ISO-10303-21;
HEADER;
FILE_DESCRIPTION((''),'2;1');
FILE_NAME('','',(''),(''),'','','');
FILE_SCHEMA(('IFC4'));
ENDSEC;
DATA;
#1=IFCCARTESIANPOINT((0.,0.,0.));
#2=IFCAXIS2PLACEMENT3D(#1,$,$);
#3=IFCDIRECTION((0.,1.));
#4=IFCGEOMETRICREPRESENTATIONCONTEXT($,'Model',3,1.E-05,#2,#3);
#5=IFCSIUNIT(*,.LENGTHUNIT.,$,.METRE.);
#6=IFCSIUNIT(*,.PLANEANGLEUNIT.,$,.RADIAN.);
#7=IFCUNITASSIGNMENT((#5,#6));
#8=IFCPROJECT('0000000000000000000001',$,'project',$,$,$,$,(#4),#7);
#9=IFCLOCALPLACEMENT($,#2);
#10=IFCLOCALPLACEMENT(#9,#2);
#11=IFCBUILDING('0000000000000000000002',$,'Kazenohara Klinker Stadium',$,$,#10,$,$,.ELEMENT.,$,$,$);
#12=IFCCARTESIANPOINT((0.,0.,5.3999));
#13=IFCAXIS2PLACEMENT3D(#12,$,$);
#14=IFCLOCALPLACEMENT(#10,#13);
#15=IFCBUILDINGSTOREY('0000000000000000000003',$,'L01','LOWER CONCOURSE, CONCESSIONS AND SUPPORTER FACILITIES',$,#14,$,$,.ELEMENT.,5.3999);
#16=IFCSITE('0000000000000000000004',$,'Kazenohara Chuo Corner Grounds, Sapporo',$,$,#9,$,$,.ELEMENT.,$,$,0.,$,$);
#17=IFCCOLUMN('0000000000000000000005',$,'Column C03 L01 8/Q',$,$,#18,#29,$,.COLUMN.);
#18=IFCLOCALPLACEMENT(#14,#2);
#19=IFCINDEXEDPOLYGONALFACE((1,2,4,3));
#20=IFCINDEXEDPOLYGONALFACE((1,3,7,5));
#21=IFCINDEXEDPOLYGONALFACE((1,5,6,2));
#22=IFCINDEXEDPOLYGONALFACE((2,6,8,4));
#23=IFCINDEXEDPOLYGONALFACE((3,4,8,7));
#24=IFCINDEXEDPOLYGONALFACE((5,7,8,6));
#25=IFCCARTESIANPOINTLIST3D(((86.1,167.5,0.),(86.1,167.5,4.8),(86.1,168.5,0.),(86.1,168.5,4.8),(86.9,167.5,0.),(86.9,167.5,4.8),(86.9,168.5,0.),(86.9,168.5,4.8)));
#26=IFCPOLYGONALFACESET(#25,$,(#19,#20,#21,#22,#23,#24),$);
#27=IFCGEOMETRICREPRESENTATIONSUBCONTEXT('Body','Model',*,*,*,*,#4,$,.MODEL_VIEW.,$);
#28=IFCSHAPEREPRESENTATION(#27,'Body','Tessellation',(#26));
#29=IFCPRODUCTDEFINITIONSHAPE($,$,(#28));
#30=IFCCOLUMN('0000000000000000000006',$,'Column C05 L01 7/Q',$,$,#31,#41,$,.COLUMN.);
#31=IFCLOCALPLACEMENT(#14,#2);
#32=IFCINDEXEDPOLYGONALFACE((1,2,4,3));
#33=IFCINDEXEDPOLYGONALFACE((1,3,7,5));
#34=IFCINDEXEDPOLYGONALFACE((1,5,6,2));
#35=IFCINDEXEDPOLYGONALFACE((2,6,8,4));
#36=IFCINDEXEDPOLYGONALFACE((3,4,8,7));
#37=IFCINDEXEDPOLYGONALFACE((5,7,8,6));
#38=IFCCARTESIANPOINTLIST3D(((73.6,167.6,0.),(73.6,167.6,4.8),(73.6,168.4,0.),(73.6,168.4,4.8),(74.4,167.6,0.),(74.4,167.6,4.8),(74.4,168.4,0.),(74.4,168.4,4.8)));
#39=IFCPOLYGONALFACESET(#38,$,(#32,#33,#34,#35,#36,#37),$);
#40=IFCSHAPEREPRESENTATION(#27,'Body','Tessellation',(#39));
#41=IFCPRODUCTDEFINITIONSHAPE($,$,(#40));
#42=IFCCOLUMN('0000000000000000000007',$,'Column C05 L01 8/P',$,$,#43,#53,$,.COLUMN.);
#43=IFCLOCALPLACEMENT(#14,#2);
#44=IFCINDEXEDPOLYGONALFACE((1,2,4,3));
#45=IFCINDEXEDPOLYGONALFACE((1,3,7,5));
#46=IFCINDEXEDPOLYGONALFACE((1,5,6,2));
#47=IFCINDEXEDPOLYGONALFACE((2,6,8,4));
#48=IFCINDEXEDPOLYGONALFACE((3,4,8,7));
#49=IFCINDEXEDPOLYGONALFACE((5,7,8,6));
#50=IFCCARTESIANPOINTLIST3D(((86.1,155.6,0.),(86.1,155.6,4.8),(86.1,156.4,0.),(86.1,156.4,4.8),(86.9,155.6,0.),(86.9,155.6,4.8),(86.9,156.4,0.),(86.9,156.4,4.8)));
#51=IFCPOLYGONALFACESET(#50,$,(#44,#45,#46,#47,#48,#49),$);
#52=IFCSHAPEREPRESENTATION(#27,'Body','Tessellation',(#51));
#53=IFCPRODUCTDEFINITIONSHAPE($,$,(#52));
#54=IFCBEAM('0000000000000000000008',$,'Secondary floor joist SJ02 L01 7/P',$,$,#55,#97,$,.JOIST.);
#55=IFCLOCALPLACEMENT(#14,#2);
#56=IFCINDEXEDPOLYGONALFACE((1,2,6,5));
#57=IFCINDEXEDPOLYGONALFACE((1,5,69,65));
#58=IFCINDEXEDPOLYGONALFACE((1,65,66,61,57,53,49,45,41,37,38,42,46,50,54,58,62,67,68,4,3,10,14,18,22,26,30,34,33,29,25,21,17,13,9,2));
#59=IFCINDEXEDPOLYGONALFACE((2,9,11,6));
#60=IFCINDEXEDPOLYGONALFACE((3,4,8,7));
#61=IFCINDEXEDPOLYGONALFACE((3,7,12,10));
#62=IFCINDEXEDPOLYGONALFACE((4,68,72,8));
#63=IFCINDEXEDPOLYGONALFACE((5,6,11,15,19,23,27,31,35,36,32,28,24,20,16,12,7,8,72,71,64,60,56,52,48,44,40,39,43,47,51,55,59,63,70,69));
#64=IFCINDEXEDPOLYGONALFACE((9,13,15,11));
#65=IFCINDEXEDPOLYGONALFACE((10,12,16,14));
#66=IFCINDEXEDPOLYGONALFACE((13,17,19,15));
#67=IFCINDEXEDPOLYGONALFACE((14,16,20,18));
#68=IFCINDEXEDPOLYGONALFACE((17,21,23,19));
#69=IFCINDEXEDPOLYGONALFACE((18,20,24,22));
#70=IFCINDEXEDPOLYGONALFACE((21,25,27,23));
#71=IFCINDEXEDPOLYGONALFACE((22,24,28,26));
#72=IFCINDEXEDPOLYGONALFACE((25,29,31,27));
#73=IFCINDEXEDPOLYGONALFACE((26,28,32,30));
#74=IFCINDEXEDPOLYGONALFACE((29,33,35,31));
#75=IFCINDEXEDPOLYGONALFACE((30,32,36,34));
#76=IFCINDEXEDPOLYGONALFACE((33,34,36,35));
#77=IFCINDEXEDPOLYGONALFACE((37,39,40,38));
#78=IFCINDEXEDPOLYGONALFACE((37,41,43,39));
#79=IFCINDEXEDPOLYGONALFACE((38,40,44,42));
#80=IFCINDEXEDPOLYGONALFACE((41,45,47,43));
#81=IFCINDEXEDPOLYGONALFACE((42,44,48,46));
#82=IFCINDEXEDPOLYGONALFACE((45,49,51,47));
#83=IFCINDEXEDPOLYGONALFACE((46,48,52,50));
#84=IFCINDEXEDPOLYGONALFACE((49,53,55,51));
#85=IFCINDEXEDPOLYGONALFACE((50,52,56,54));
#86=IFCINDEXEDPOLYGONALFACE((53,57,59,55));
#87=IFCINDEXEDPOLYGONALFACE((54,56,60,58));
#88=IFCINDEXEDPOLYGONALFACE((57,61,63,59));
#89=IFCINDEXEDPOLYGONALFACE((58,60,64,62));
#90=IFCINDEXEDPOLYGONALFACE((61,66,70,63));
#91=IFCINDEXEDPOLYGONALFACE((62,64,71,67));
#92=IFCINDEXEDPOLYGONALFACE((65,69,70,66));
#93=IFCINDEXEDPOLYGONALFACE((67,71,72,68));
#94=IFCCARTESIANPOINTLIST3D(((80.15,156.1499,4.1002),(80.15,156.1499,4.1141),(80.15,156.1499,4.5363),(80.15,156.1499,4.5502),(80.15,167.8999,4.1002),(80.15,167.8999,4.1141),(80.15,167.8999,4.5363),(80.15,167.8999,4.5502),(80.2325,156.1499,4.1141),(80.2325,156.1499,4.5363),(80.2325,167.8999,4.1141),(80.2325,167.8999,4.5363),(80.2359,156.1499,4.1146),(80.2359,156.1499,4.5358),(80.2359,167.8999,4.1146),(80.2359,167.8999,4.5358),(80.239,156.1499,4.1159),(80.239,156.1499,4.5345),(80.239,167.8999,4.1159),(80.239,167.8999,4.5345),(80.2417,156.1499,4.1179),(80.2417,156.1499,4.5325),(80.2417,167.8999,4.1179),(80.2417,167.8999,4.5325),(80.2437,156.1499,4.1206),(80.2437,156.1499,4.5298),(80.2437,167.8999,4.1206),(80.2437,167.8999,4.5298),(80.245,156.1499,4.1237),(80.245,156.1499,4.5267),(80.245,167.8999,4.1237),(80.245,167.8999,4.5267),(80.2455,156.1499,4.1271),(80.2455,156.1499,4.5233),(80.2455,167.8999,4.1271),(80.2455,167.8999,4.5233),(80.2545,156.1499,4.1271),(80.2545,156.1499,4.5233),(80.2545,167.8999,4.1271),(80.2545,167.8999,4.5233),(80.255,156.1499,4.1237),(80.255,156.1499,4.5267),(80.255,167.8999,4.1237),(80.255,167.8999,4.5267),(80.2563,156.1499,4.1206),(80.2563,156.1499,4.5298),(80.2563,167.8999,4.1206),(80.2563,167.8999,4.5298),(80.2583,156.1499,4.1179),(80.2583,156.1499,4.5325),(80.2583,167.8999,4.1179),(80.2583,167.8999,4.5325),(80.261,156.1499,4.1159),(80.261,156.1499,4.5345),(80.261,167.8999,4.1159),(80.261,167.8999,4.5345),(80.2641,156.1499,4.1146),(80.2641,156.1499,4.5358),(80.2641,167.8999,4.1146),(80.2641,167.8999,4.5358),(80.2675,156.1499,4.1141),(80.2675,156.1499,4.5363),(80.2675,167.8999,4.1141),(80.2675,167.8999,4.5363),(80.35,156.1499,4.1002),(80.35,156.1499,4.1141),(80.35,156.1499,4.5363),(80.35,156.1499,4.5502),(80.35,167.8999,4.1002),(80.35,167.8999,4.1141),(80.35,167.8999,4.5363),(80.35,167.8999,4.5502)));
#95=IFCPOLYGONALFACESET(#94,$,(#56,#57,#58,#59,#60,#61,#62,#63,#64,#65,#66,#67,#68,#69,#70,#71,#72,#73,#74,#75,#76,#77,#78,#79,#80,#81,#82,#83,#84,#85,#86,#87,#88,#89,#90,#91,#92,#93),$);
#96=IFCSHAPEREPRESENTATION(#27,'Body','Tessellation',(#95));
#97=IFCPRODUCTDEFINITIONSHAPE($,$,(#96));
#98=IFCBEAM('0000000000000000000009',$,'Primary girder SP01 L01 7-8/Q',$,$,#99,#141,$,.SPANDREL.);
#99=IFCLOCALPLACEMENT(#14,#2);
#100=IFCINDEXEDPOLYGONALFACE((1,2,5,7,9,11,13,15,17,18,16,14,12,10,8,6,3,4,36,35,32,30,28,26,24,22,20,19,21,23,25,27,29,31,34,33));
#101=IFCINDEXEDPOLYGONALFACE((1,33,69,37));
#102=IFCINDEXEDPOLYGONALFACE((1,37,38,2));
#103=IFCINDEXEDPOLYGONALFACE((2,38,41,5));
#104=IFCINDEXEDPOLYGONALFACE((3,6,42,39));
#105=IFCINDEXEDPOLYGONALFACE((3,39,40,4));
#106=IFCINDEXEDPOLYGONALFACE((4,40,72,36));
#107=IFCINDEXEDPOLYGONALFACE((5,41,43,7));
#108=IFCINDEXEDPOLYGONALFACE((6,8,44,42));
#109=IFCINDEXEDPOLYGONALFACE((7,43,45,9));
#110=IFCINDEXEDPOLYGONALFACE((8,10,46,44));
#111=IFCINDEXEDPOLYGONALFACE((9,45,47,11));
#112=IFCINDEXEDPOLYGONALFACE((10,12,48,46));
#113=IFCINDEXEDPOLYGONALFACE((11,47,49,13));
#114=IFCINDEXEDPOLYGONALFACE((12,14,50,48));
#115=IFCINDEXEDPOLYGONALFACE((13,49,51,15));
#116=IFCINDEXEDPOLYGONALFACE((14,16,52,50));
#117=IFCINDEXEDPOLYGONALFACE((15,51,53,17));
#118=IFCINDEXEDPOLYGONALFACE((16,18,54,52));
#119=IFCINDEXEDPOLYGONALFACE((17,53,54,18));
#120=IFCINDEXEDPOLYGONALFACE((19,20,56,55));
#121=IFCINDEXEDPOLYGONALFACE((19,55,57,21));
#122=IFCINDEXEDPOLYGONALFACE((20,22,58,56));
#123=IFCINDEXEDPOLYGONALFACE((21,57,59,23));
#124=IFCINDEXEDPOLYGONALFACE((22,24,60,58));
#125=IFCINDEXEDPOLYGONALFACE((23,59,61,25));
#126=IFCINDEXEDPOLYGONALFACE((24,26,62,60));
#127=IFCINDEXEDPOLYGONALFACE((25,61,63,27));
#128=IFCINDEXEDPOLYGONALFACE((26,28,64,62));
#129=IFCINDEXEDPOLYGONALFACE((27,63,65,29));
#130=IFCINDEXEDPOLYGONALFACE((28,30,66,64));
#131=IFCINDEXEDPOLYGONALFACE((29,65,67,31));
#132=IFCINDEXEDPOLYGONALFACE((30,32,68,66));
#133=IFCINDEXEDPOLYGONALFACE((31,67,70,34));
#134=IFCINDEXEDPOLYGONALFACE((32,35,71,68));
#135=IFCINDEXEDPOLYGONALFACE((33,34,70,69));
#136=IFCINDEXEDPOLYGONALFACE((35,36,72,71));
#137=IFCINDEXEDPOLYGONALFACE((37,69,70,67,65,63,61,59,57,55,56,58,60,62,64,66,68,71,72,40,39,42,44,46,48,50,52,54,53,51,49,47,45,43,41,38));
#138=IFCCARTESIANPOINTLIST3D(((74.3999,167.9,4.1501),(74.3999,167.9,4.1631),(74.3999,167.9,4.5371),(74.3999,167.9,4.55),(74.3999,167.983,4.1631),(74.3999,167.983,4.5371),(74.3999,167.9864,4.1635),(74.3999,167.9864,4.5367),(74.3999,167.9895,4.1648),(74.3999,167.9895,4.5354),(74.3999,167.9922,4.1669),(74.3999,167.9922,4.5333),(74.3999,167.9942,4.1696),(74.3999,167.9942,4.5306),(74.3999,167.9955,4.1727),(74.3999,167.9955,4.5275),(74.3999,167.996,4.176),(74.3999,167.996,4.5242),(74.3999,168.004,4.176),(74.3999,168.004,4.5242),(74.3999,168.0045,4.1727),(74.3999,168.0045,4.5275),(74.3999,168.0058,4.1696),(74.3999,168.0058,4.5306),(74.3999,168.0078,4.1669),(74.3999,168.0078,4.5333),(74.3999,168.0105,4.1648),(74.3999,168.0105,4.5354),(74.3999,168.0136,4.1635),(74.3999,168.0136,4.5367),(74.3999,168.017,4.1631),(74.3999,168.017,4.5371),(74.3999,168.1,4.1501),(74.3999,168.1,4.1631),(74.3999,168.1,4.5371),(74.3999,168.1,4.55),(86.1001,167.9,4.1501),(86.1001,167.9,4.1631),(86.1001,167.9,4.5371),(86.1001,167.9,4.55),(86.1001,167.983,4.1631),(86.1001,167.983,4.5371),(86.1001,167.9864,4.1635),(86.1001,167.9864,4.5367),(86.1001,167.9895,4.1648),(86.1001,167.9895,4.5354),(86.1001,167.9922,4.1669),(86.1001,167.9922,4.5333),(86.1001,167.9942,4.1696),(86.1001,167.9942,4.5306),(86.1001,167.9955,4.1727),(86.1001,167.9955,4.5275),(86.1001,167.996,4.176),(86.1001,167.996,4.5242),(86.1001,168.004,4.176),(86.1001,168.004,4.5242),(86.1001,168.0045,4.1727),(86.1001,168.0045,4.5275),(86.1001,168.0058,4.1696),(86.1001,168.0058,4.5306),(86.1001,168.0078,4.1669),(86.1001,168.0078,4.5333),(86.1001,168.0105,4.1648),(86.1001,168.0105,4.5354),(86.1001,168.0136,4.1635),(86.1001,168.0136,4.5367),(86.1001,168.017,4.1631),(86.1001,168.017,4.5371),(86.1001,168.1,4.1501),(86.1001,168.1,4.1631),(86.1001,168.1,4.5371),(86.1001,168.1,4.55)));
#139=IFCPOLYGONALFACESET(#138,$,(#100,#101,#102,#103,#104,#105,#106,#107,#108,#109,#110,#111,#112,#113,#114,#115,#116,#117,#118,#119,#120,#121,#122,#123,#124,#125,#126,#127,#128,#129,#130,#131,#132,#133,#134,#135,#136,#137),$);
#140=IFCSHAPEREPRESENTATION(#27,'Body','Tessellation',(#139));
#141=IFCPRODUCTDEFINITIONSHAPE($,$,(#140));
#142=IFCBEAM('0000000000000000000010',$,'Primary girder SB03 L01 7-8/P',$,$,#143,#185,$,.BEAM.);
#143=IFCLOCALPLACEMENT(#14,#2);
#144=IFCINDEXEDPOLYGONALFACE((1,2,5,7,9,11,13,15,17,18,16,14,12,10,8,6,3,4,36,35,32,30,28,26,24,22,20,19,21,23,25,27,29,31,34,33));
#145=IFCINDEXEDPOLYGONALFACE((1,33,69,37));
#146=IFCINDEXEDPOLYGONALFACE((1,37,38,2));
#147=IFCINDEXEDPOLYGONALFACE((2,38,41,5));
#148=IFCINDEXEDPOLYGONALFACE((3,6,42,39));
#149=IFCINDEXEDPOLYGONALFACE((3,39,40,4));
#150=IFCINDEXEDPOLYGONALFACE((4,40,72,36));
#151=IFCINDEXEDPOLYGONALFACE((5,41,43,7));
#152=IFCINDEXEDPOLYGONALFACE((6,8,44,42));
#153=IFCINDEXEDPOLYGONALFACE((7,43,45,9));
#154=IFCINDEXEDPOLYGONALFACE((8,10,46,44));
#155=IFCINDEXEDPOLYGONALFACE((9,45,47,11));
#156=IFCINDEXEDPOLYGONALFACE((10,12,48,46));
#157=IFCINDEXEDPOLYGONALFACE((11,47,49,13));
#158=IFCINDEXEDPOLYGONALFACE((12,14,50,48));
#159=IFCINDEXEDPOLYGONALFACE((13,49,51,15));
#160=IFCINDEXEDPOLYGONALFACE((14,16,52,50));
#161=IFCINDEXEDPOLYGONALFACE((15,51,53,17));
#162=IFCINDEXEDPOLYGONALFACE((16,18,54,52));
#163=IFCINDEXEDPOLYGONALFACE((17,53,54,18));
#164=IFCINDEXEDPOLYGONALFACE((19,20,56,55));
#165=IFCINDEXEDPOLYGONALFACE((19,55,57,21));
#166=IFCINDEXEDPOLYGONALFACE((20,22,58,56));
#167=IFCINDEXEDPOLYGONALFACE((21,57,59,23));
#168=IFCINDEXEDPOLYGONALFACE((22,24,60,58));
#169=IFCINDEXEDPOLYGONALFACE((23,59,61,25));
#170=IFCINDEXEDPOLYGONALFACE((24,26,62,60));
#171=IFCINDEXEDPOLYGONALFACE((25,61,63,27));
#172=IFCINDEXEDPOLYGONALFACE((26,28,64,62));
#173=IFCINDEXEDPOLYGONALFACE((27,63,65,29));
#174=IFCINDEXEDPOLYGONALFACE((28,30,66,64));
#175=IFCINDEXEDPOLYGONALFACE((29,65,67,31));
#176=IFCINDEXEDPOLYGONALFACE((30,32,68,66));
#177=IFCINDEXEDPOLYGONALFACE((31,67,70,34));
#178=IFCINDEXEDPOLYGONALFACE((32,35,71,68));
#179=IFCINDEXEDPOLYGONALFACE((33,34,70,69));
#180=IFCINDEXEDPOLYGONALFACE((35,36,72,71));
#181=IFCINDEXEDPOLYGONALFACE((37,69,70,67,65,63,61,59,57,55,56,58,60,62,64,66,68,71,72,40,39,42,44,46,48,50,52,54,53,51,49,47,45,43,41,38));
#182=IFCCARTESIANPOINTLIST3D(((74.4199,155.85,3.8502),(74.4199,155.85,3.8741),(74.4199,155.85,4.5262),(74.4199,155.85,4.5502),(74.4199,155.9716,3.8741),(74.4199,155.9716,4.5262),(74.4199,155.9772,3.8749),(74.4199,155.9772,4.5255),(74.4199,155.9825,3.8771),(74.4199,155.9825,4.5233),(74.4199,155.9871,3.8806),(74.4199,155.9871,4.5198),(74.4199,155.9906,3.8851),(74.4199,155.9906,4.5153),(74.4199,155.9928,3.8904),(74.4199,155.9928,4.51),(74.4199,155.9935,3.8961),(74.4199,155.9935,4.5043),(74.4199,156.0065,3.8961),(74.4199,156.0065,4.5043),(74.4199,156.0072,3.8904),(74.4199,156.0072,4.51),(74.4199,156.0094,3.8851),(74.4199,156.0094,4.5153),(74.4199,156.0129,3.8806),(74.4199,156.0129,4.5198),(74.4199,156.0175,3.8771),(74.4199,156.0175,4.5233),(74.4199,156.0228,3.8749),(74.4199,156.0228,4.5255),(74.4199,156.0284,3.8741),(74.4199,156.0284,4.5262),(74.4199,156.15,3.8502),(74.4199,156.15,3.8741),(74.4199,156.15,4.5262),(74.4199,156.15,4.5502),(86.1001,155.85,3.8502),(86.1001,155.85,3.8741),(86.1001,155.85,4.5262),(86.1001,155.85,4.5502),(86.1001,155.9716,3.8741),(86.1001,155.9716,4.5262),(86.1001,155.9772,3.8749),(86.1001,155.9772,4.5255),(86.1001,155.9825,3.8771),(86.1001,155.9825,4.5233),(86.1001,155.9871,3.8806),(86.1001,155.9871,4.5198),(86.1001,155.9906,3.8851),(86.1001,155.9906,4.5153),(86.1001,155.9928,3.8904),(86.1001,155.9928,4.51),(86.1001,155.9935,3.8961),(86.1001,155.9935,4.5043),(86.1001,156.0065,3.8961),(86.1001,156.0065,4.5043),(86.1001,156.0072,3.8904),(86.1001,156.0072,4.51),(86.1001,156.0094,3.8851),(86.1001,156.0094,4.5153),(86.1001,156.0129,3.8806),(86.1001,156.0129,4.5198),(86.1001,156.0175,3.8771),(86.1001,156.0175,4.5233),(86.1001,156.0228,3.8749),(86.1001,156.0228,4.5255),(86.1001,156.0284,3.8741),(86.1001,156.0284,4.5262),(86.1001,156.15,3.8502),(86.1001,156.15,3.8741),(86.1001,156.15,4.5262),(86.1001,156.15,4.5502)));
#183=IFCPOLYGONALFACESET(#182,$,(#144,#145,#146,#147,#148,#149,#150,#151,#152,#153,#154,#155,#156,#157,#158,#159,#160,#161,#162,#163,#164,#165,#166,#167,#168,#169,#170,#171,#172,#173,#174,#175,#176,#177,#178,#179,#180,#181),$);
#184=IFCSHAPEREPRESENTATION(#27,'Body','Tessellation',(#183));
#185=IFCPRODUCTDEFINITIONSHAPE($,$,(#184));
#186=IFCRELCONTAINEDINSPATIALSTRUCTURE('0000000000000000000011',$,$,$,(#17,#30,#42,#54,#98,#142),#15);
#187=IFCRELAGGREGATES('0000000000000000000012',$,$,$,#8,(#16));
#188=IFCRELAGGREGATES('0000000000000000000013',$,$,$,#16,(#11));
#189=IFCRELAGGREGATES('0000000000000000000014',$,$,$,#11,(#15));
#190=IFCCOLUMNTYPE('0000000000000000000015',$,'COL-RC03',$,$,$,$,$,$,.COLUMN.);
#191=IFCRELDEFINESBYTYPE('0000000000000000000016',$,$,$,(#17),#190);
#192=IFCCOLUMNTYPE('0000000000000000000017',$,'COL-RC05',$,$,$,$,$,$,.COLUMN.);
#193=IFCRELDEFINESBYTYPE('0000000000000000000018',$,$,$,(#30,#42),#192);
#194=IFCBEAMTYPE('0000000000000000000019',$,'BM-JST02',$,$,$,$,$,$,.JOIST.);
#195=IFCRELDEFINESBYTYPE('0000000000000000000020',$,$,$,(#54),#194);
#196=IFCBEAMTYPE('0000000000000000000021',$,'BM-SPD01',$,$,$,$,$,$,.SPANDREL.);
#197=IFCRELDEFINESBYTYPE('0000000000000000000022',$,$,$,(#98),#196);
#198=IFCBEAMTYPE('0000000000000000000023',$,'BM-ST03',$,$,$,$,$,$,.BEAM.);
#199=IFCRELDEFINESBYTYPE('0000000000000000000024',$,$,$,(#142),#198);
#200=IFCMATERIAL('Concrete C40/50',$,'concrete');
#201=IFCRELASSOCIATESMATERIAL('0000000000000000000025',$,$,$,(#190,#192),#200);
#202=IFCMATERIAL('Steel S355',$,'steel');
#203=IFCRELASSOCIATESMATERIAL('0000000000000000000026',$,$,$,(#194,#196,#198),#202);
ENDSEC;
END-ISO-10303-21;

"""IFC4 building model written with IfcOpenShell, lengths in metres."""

from ifc_helpers import new_model, si_unit, direction, frame, origin, origin_2d, place, context, subcontext, project, spatial, rectangle, i_section, extrude, material, material_profile, profile_set, type_object, element, save


model = new_model("IFC4")

# Units and contexts
model_context = context("Model", 3, precision=1e-05, world=origin(), true_north=direction((0.0, 1.0)))
body_context = subcontext(model_context, "Body", "Model", "MODEL_VIEW")
ifc_project = project(units=[si_unit("LENGTHUNIT", "METRE"), si_unit("PLANEANGLEUNIT", "RADIAN")], contexts=[model_context])

# Site, building, storey
site_placement = place(None, origin())
site = spatial("IfcSite", under=ifc_project, at=site_placement, Name="Kazenohara Chuo Corner Grounds, Sapporo", CompositionType="ELEMENT", RefElevation=0.0)
building_placement = place(site_placement, origin())
building = spatial("IfcBuilding", under=site, at=building_placement, Name="Kazenohara Klinker Stadium", CompositionType="ELEMENT")
storey_placement = place(building_placement, frame((0.0, 0.0, 5.3999)))
storey = spatial("IfcBuildingStorey", under=building, at=storey_placement, Name="L01", Description="LOWER CONCOURSE, CONCESSIONS AND SUPPORTER FACILITIES", CompositionType="ELEMENT", Elevation=5.3999)

# Columns
ifc_material_1 = material(Name="Concrete C40/50", Category="concrete")
ifc_material_profile_1 = material_profile(ifc_material_1, rectangle(XDim=0.8, YDim=1.0, at=origin_2d()), Name="RC-COL-1000x800")
ifc_profile_set_1 = profile_set([ifc_material_profile_1], Name="Concrete C40/50")
column_type_1 = type_object("IfcColumnType", Name="COL-RC03", PredefinedType="COLUMN", material=ifc_profile_set_1)
column_placement = place(storey_placement, frame((86.5, 168.0, 0.0), z_axis=(0.0, 0.0, 1.0), x_axis=(1.0, 0.0, 0.0)))
element("IfcColumn", 1, at=column_placement, inside=storey, type_object=column_type_1, Name="Column C03 L01 8/Q", PredefinedType="COLUMN", context=body_context, shape_type="SweptSolid", body=[
    extrude(rectangle(XDim=0.8, YDim=1.0, at=origin_2d()), origin(), (0.0, 0.0, 1.0), 4.8),
])
ifc_material_profile_2 = material_profile(ifc_material_1, rectangle(XDim=0.8, YDim=0.8, at=origin_2d()), Name="RC-COL-800x800")
ifc_profile_set_2 = profile_set([ifc_material_profile_2], Name="Concrete C40/50")
column_type_2 = type_object("IfcColumnType", Name="COL-RC05", PredefinedType="COLUMN", material=ifc_profile_set_2)
for number, where, z_axis, x_axis, name in (
    (2, (74.0, 168.0, 0.0), (0.0, 0.0, 1.0), (1.0, 0.0, 0.0), "Column C05 L01 7/Q"),
    (3, (86.5, 156.0, 0.0), (0.0, 0.0, 1.0), (1.0, 0.0, 0.0), "Column C05 L01 8/P"),
):
    element("IfcColumn", number, at=place(storey_placement, frame(where, z_axis=z_axis, x_axis=x_axis)), inside=storey, type_object=column_type_2, Name=name, PredefinedType="COLUMN", context=body_context, shape_type="SweptSolid", body=[
        extrude(rectangle(XDim=0.8, YDim=0.8, at=origin_2d()), origin(), (0.0, 0.0, 1.0), 4.8),
    ])

# Beams
ifc_material_2 = material(Name="Steel S355", Category="steel")
ifc_material_profile_3 = material_profile(ifc_material_2, i_section(OverallWidth=0.2, OverallDepth=0.45, WebThickness=0.009, FlangeThickness=0.0139, FilletRadius=0.0129, at=origin_2d()), Name="H-450x200x9x14")
ifc_profile_set_3 = profile_set([ifc_material_profile_3], Name="Steel S355")
beam_type_1 = type_object("IfcBeamType", Name="BM-JST02", PredefinedType="JOIST", material=ifc_profile_set_3)
beam_1_placement = place(storey_placement, frame((80.25, 156.1499, 4.3252), z_axis=(0.0, 1.0, 0.0), x_axis=(-1.0, 0.0, 0.0)))
element("IfcBeam", 4, at=beam_1_placement, inside=storey, type_object=beam_type_1, Name="Secondary floor joist SJ02 L01 7/P", PredefinedType="JOIST", context=body_context, shape_type="SweptSolid", body=[
    extrude(i_section(OverallWidth=0.2, OverallDepth=0.45, WebThickness=0.009, FlangeThickness=0.0139, FilletRadius=0.0129, at=origin_2d()), origin(), (0.0, 0.0, 1.0), 11.75),
])
ifc_material_profile_4 = material_profile(ifc_material_2, i_section(OverallWidth=0.2, OverallDepth=0.3999, WebThickness=0.0081, FlangeThickness=0.0129, FilletRadius=0.0129, at=origin_2d()), Name="H-400x200x8x13")
ifc_profile_set_4 = profile_set([ifc_material_profile_4], Name="Steel S355")
beam_type_2 = type_object("IfcBeamType", Name="BM-SPD01", PredefinedType="SPANDREL", material=ifc_profile_set_4)
beam_2_placement = place(storey_placement, frame((74.3999, 168.0, 4.3501), z_axis=(1.0, 0.0, 0.0), x_axis=(0.0, 1.0, 0.0)))
element("IfcBeam", 5, at=beam_2_placement, inside=storey, type_object=beam_type_2, Name="Primary girder SP01 L01 7-8/Q", PredefinedType="SPANDREL", context=body_context, shape_type="SweptSolid", body=[
    extrude(i_section(OverallWidth=0.2, OverallDepth=0.3999, WebThickness=0.0081, FlangeThickness=0.0129, FilletRadius=0.0129, at=origin_2d()), origin(), (0.0, 0.0, 1.0), 11.7002),
])
ifc_material_profile_5 = material_profile(ifc_material_2, i_section(OverallWidth=0.3, OverallDepth=0.7, WebThickness=0.0129, FlangeThickness=0.0239, FilletRadius=0.022, at=origin_2d()), Name="H-700x300x13x24")
ifc_profile_set_5 = profile_set([ifc_material_profile_5], Name="Steel S355")
beam_type_3 = type_object("IfcBeamType", Name="BM-ST03", PredefinedType="BEAM", material=ifc_profile_set_5)
beam_3_placement = place(storey_placement, frame((74.4199, 156.0, 4.2002), z_axis=(1.0, 0.0, 0.0), x_axis=(0.0, 1.0, 0.0)))
element("IfcBeam", 6, at=beam_3_placement, inside=storey, type_object=beam_type_3, Name="Primary girder SB03 L01 7-8/P", PredefinedType="BEAM", context=body_context, shape_type="SweptSolid", body=[
    extrude(i_section(OverallWidth=0.3, OverallDepth=0.7, WebThickness=0.0129, FlangeThickness=0.0239, FilletRadius=0.022, at=origin_2d()), origin(), (0.0, 0.0, 1.0), 11.6802),
])

save(model, "model.ifc")
